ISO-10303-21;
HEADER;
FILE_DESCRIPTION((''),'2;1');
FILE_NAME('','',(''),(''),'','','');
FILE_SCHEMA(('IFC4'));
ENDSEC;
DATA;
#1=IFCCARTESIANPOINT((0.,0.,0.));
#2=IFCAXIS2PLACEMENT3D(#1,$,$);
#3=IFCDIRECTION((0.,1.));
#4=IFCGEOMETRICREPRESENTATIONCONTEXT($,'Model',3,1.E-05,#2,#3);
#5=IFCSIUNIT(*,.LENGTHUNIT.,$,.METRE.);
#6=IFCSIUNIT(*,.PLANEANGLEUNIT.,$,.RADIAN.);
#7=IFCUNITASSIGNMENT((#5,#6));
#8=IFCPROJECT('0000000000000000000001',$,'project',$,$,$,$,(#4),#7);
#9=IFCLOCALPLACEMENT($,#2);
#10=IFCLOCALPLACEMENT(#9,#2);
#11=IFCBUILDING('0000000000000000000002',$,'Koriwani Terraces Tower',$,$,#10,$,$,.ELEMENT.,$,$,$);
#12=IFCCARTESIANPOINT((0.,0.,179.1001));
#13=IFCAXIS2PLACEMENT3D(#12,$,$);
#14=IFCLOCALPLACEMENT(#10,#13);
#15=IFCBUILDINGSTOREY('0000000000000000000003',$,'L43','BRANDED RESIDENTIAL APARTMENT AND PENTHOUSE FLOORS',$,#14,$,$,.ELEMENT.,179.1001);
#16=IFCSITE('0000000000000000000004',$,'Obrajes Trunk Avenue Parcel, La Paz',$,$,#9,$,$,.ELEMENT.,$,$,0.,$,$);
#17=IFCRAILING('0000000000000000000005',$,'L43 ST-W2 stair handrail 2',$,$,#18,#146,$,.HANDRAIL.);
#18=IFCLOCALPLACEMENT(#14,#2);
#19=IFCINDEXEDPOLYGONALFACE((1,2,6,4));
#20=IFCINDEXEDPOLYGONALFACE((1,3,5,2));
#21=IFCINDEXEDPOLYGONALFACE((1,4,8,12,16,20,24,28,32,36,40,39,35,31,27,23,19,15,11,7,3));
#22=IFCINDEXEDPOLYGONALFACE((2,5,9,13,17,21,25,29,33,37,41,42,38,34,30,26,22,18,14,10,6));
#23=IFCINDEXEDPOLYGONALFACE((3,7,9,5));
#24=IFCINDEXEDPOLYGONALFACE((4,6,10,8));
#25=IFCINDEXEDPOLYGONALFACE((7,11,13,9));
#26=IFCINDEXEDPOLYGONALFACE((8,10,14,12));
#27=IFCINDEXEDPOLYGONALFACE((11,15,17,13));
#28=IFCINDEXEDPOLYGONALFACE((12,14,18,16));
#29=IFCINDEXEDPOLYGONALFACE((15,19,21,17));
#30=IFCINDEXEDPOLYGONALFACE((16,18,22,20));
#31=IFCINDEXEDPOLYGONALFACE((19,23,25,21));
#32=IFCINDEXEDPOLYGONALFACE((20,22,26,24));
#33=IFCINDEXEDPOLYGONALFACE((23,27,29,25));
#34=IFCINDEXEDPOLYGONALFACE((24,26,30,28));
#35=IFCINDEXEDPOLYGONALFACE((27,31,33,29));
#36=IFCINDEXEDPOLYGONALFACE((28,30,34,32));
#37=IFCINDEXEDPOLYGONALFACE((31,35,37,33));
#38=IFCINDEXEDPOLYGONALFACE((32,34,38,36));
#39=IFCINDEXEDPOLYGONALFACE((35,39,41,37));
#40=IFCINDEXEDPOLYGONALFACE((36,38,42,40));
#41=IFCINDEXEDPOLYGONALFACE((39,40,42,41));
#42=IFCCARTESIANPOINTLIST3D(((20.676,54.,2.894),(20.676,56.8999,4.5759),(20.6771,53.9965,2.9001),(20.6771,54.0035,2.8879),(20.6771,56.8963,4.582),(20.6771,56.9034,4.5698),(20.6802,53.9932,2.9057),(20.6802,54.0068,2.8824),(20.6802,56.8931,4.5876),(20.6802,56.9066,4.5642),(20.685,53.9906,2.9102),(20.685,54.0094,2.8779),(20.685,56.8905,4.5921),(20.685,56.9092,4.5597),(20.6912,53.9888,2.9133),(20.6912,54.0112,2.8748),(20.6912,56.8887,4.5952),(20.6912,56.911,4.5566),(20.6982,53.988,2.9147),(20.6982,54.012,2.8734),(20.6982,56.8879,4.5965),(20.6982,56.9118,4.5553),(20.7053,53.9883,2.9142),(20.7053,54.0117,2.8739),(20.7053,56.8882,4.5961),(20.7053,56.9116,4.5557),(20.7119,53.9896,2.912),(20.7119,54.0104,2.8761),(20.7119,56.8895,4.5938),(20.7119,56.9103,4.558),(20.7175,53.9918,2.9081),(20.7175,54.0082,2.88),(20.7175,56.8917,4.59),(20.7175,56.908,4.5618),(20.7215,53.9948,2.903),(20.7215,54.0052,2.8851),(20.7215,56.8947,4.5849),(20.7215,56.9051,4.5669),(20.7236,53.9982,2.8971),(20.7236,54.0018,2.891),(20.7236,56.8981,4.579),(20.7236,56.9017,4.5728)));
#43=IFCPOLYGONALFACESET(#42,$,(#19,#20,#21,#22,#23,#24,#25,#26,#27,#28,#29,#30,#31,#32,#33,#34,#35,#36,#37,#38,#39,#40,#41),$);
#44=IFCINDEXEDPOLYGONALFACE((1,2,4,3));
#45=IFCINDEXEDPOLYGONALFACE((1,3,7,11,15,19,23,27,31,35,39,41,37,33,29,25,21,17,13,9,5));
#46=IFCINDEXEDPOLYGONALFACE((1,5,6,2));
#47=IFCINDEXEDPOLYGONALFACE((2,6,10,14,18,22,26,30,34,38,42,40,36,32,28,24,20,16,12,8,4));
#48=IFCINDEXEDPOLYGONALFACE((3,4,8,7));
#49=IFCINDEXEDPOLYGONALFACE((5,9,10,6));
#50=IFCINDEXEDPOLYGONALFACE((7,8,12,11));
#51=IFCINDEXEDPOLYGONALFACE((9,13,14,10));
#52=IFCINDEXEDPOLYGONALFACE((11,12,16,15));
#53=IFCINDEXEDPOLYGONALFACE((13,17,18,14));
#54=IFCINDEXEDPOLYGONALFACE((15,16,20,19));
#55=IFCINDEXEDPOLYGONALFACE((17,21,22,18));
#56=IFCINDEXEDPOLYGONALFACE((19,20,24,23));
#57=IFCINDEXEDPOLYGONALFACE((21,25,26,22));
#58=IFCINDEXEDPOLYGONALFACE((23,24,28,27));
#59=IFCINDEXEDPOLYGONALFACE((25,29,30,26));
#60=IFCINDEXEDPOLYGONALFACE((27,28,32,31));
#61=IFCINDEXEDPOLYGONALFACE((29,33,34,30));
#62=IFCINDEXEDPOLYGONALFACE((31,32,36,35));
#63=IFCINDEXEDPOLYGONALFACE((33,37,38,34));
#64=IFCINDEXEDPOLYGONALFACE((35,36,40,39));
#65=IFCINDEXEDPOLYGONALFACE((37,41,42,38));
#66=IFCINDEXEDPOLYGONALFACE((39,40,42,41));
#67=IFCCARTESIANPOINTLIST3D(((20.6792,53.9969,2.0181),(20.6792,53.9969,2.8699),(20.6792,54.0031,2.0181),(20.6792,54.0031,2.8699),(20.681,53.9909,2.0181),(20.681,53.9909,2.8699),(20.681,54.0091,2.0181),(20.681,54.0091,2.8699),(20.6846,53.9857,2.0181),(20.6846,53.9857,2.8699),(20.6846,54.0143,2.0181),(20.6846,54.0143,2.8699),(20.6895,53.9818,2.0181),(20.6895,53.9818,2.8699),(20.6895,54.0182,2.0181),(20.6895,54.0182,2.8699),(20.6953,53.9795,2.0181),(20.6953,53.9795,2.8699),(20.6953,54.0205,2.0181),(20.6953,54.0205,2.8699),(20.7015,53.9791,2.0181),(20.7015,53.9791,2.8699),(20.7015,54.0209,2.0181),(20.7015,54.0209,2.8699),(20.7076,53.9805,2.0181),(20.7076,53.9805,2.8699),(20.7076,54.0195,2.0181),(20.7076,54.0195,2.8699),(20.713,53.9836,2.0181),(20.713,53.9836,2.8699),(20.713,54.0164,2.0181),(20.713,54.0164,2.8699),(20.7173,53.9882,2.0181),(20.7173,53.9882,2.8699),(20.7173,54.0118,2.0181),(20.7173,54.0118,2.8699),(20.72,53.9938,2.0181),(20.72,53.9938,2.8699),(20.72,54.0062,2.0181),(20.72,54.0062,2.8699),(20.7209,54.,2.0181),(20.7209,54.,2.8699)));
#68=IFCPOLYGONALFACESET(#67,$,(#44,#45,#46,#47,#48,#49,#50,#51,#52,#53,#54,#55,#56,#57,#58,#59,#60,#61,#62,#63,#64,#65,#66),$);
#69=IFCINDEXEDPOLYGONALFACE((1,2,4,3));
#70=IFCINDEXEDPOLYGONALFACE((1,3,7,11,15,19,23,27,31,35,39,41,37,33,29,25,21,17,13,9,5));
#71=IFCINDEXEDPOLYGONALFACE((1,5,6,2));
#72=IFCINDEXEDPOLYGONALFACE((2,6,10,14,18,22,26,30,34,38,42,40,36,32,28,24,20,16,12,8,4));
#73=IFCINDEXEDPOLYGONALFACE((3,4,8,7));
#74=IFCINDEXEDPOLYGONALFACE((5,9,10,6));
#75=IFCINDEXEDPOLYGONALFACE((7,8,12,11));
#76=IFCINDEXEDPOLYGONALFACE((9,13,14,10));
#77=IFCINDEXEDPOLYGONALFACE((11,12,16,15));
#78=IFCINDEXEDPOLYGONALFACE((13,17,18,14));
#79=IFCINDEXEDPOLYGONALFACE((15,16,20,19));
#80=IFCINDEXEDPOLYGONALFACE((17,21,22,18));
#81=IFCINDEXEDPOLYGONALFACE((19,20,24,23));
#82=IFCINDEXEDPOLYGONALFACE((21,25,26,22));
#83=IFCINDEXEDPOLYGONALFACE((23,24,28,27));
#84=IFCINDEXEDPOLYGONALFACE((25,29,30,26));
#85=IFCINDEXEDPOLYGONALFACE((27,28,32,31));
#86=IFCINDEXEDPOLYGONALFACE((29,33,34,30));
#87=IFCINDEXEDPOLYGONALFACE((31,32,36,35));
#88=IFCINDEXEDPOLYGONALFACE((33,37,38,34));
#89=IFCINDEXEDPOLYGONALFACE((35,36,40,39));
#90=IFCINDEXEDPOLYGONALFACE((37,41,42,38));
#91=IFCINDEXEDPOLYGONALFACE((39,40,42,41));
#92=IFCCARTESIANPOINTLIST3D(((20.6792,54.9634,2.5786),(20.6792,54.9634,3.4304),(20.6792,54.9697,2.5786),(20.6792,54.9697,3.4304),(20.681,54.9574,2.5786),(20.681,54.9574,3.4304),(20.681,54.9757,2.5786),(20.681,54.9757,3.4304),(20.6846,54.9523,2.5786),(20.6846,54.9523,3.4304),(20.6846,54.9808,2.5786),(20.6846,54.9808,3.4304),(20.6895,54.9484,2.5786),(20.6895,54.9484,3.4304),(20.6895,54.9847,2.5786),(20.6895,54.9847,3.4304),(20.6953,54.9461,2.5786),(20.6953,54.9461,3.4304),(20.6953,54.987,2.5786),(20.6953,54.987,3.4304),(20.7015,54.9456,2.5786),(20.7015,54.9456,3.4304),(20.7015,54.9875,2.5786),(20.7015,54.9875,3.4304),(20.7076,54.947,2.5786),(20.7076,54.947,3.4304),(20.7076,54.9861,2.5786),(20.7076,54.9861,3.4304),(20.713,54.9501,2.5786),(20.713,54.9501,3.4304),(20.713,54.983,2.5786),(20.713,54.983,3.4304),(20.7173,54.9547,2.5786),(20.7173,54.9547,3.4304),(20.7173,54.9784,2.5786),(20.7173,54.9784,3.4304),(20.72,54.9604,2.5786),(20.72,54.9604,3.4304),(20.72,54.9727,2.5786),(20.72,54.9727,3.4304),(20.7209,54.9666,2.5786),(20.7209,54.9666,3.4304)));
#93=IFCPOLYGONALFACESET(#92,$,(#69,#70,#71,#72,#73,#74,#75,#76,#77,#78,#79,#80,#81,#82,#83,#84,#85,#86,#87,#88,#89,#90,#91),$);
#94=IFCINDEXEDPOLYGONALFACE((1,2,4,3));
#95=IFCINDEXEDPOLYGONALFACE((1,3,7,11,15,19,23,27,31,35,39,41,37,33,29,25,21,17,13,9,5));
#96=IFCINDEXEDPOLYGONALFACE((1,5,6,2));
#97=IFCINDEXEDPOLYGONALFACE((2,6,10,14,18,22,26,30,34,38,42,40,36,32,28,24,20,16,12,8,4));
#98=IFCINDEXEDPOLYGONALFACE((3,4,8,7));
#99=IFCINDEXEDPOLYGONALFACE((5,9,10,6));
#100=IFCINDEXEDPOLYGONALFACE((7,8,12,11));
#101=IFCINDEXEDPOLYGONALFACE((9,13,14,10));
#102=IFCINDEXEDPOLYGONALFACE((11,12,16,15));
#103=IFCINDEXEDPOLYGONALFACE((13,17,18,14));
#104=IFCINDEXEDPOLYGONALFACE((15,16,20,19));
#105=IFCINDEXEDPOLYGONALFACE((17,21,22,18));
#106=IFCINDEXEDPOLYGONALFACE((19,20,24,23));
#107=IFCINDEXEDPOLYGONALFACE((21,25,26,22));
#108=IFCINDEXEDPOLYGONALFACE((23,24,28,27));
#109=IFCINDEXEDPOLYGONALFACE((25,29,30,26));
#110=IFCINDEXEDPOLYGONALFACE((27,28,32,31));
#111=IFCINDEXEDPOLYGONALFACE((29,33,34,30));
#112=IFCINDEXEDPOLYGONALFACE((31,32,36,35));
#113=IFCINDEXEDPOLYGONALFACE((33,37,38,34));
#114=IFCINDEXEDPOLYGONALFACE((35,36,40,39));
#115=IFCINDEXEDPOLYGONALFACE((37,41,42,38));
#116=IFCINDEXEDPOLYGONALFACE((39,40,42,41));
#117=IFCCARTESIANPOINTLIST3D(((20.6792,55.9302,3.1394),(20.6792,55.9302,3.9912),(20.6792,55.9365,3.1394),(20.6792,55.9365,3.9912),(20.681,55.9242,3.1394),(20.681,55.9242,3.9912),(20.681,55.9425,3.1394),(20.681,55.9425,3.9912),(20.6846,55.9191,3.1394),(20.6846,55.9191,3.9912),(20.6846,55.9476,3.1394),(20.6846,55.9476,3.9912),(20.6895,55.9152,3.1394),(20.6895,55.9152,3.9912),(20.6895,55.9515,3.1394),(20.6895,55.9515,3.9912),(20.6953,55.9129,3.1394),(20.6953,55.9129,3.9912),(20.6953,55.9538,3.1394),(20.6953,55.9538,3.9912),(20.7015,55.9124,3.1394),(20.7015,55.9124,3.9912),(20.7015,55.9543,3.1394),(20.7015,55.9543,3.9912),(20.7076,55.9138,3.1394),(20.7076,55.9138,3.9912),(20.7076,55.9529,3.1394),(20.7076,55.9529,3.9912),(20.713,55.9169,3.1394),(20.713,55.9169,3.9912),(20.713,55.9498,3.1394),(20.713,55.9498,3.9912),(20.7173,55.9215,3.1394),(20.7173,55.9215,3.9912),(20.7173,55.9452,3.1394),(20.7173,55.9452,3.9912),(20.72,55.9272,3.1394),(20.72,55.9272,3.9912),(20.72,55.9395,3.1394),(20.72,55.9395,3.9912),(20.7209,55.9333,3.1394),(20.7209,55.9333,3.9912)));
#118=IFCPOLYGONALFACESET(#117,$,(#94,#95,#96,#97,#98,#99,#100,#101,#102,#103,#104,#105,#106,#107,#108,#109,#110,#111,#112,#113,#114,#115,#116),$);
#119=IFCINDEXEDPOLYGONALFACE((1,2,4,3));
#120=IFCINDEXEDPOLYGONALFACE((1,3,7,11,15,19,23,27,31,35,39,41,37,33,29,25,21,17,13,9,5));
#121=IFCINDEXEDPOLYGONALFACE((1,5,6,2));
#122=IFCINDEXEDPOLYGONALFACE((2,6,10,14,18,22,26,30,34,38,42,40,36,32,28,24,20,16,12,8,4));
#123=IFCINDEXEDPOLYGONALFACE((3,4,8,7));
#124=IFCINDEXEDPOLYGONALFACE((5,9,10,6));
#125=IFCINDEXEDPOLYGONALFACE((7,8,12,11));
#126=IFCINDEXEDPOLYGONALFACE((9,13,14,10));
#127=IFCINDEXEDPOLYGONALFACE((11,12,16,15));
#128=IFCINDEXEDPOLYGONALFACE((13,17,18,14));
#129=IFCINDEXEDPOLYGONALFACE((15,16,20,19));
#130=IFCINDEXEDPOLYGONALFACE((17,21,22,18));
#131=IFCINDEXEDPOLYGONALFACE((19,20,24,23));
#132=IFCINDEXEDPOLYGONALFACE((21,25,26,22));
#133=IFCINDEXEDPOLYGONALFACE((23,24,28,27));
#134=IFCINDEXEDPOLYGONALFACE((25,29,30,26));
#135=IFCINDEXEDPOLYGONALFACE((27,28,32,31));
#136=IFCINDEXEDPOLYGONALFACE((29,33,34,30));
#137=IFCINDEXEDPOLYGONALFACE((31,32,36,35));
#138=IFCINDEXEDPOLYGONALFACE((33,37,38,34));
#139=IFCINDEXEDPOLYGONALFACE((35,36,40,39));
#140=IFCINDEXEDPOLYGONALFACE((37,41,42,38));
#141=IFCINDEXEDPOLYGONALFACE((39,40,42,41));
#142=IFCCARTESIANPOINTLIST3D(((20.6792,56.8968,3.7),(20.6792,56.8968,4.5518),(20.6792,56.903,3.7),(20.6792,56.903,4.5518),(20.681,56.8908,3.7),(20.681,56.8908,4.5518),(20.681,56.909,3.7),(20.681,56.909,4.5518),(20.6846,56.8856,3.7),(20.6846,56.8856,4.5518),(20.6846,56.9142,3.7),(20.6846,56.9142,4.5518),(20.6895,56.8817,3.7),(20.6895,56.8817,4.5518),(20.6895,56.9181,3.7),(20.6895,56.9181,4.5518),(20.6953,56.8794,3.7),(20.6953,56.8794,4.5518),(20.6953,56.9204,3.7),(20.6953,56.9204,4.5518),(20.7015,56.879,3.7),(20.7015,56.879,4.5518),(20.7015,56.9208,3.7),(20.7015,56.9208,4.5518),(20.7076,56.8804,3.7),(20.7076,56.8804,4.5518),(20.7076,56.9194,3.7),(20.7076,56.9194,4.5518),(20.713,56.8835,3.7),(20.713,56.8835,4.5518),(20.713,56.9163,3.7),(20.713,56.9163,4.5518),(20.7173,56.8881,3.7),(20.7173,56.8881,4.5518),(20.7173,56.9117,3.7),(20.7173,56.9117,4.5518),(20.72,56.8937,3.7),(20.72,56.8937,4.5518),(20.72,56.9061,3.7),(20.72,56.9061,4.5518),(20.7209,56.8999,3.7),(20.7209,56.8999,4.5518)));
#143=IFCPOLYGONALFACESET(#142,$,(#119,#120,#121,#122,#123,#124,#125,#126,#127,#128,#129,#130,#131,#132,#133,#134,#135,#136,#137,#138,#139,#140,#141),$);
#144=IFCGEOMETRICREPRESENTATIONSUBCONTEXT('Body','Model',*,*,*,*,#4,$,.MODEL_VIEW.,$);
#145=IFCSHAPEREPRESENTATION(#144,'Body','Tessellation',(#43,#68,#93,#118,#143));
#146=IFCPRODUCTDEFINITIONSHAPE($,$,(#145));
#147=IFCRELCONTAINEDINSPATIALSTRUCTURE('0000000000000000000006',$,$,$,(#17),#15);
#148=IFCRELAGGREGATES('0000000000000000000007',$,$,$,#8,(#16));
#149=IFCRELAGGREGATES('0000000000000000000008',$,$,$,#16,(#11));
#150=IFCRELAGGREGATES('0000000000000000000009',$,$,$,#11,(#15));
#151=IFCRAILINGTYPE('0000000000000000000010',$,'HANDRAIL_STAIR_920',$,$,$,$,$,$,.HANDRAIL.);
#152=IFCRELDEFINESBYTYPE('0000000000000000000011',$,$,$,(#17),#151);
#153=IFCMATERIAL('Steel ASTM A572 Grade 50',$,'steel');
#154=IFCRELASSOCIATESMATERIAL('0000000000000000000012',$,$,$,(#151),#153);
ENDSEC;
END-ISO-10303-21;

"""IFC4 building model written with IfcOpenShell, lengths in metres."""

from ifc_helpers import new_model, si_unit, direction, frame, origin, origin_2d, place, context, subcontext, project, spatial, circle, extrude, material, type_object, element, save


model = new_model("IFC4")

# Units and contexts
model_context = context("Model", 3, precision=1e-05, world=origin(), true_north=direction((0.0, 1.0)))
body_context = subcontext(model_context, "Body", "Model", "MODEL_VIEW")
ifc_project = project(units=[si_unit("LENGTHUNIT", "METRE"), si_unit("PLANEANGLEUNIT", "RADIAN")], contexts=[model_context])

# Site, building, storey
site_placement = place(None, origin())
site = spatial("IfcSite", under=ifc_project, at=site_placement, Name="Obrajes Trunk Avenue Parcel, La Paz", CompositionType="ELEMENT", RefElevation=0.0)
building_placement = place(site_placement, origin())
building = spatial("IfcBuilding", under=site, at=building_placement, Name="Koriwani Terraces Tower", CompositionType="ELEMENT")
storey_placement = place(building_placement, frame((0.0, 0.0, 179.1001)))
storey = spatial("IfcBuildingStorey", under=building, at=storey_placement, Name="L43", Description="BRANDED RESIDENTIAL APARTMENT AND PENTHOUSE FLOORS", CompositionType="ELEMENT", Elevation=179.1001)

# Shared definitions
ifc_material_1 = material(Name="Steel ASTM A572 Grade 50", Category="steel")

# Railing
railing_type_1 = type_object("IfcRailingType", Name="HANDRAIL_STAIR_920", PredefinedType="HANDRAIL", material=ifc_material_1)
railing_1_placement = place(storey_placement, frame((20.7, 54.0, 2.0181)))
element("IfcRailing", 1, at=railing_1_placement, inside=storey, type_object=railing_type_1, Name="L43 ST-W2 stair handrail 2", PredefinedType="HANDRAIL", context=body_context, shape_type="SweptSolid", body=[
    extrude(circle(Radius=0.0239, at=origin_2d()), frame((0.0, 0.0, 0.876), z_axis=(0.0, 0.865039, 0.501705), x_axis=(-1.0, 0.0, 0.0)), (0.0, 0.0, 1.0), 3.3523),
    extrude(circle(Radius=0.021, at=origin_2d()), origin(), (0.0, 0.0, 1.0), 0.8518),
    extrude(circle(Radius=0.021, at=origin_2d()), frame((0.0, 0.9666, 0.5605)), (0.0, 0.0, 1.0), 0.8518),
    extrude(circle(Radius=0.021, at=origin_2d()), frame((0.0, 1.9333, 1.1213)), (0.0, 0.0, 1.0), 0.8518),
    extrude(circle(Radius=0.021, at=origin_2d()), frame((0.0, 2.8999, 1.6819)), (0.0, 0.0, 1.0), 0.8518),
])

save(model, "model.ifc")
